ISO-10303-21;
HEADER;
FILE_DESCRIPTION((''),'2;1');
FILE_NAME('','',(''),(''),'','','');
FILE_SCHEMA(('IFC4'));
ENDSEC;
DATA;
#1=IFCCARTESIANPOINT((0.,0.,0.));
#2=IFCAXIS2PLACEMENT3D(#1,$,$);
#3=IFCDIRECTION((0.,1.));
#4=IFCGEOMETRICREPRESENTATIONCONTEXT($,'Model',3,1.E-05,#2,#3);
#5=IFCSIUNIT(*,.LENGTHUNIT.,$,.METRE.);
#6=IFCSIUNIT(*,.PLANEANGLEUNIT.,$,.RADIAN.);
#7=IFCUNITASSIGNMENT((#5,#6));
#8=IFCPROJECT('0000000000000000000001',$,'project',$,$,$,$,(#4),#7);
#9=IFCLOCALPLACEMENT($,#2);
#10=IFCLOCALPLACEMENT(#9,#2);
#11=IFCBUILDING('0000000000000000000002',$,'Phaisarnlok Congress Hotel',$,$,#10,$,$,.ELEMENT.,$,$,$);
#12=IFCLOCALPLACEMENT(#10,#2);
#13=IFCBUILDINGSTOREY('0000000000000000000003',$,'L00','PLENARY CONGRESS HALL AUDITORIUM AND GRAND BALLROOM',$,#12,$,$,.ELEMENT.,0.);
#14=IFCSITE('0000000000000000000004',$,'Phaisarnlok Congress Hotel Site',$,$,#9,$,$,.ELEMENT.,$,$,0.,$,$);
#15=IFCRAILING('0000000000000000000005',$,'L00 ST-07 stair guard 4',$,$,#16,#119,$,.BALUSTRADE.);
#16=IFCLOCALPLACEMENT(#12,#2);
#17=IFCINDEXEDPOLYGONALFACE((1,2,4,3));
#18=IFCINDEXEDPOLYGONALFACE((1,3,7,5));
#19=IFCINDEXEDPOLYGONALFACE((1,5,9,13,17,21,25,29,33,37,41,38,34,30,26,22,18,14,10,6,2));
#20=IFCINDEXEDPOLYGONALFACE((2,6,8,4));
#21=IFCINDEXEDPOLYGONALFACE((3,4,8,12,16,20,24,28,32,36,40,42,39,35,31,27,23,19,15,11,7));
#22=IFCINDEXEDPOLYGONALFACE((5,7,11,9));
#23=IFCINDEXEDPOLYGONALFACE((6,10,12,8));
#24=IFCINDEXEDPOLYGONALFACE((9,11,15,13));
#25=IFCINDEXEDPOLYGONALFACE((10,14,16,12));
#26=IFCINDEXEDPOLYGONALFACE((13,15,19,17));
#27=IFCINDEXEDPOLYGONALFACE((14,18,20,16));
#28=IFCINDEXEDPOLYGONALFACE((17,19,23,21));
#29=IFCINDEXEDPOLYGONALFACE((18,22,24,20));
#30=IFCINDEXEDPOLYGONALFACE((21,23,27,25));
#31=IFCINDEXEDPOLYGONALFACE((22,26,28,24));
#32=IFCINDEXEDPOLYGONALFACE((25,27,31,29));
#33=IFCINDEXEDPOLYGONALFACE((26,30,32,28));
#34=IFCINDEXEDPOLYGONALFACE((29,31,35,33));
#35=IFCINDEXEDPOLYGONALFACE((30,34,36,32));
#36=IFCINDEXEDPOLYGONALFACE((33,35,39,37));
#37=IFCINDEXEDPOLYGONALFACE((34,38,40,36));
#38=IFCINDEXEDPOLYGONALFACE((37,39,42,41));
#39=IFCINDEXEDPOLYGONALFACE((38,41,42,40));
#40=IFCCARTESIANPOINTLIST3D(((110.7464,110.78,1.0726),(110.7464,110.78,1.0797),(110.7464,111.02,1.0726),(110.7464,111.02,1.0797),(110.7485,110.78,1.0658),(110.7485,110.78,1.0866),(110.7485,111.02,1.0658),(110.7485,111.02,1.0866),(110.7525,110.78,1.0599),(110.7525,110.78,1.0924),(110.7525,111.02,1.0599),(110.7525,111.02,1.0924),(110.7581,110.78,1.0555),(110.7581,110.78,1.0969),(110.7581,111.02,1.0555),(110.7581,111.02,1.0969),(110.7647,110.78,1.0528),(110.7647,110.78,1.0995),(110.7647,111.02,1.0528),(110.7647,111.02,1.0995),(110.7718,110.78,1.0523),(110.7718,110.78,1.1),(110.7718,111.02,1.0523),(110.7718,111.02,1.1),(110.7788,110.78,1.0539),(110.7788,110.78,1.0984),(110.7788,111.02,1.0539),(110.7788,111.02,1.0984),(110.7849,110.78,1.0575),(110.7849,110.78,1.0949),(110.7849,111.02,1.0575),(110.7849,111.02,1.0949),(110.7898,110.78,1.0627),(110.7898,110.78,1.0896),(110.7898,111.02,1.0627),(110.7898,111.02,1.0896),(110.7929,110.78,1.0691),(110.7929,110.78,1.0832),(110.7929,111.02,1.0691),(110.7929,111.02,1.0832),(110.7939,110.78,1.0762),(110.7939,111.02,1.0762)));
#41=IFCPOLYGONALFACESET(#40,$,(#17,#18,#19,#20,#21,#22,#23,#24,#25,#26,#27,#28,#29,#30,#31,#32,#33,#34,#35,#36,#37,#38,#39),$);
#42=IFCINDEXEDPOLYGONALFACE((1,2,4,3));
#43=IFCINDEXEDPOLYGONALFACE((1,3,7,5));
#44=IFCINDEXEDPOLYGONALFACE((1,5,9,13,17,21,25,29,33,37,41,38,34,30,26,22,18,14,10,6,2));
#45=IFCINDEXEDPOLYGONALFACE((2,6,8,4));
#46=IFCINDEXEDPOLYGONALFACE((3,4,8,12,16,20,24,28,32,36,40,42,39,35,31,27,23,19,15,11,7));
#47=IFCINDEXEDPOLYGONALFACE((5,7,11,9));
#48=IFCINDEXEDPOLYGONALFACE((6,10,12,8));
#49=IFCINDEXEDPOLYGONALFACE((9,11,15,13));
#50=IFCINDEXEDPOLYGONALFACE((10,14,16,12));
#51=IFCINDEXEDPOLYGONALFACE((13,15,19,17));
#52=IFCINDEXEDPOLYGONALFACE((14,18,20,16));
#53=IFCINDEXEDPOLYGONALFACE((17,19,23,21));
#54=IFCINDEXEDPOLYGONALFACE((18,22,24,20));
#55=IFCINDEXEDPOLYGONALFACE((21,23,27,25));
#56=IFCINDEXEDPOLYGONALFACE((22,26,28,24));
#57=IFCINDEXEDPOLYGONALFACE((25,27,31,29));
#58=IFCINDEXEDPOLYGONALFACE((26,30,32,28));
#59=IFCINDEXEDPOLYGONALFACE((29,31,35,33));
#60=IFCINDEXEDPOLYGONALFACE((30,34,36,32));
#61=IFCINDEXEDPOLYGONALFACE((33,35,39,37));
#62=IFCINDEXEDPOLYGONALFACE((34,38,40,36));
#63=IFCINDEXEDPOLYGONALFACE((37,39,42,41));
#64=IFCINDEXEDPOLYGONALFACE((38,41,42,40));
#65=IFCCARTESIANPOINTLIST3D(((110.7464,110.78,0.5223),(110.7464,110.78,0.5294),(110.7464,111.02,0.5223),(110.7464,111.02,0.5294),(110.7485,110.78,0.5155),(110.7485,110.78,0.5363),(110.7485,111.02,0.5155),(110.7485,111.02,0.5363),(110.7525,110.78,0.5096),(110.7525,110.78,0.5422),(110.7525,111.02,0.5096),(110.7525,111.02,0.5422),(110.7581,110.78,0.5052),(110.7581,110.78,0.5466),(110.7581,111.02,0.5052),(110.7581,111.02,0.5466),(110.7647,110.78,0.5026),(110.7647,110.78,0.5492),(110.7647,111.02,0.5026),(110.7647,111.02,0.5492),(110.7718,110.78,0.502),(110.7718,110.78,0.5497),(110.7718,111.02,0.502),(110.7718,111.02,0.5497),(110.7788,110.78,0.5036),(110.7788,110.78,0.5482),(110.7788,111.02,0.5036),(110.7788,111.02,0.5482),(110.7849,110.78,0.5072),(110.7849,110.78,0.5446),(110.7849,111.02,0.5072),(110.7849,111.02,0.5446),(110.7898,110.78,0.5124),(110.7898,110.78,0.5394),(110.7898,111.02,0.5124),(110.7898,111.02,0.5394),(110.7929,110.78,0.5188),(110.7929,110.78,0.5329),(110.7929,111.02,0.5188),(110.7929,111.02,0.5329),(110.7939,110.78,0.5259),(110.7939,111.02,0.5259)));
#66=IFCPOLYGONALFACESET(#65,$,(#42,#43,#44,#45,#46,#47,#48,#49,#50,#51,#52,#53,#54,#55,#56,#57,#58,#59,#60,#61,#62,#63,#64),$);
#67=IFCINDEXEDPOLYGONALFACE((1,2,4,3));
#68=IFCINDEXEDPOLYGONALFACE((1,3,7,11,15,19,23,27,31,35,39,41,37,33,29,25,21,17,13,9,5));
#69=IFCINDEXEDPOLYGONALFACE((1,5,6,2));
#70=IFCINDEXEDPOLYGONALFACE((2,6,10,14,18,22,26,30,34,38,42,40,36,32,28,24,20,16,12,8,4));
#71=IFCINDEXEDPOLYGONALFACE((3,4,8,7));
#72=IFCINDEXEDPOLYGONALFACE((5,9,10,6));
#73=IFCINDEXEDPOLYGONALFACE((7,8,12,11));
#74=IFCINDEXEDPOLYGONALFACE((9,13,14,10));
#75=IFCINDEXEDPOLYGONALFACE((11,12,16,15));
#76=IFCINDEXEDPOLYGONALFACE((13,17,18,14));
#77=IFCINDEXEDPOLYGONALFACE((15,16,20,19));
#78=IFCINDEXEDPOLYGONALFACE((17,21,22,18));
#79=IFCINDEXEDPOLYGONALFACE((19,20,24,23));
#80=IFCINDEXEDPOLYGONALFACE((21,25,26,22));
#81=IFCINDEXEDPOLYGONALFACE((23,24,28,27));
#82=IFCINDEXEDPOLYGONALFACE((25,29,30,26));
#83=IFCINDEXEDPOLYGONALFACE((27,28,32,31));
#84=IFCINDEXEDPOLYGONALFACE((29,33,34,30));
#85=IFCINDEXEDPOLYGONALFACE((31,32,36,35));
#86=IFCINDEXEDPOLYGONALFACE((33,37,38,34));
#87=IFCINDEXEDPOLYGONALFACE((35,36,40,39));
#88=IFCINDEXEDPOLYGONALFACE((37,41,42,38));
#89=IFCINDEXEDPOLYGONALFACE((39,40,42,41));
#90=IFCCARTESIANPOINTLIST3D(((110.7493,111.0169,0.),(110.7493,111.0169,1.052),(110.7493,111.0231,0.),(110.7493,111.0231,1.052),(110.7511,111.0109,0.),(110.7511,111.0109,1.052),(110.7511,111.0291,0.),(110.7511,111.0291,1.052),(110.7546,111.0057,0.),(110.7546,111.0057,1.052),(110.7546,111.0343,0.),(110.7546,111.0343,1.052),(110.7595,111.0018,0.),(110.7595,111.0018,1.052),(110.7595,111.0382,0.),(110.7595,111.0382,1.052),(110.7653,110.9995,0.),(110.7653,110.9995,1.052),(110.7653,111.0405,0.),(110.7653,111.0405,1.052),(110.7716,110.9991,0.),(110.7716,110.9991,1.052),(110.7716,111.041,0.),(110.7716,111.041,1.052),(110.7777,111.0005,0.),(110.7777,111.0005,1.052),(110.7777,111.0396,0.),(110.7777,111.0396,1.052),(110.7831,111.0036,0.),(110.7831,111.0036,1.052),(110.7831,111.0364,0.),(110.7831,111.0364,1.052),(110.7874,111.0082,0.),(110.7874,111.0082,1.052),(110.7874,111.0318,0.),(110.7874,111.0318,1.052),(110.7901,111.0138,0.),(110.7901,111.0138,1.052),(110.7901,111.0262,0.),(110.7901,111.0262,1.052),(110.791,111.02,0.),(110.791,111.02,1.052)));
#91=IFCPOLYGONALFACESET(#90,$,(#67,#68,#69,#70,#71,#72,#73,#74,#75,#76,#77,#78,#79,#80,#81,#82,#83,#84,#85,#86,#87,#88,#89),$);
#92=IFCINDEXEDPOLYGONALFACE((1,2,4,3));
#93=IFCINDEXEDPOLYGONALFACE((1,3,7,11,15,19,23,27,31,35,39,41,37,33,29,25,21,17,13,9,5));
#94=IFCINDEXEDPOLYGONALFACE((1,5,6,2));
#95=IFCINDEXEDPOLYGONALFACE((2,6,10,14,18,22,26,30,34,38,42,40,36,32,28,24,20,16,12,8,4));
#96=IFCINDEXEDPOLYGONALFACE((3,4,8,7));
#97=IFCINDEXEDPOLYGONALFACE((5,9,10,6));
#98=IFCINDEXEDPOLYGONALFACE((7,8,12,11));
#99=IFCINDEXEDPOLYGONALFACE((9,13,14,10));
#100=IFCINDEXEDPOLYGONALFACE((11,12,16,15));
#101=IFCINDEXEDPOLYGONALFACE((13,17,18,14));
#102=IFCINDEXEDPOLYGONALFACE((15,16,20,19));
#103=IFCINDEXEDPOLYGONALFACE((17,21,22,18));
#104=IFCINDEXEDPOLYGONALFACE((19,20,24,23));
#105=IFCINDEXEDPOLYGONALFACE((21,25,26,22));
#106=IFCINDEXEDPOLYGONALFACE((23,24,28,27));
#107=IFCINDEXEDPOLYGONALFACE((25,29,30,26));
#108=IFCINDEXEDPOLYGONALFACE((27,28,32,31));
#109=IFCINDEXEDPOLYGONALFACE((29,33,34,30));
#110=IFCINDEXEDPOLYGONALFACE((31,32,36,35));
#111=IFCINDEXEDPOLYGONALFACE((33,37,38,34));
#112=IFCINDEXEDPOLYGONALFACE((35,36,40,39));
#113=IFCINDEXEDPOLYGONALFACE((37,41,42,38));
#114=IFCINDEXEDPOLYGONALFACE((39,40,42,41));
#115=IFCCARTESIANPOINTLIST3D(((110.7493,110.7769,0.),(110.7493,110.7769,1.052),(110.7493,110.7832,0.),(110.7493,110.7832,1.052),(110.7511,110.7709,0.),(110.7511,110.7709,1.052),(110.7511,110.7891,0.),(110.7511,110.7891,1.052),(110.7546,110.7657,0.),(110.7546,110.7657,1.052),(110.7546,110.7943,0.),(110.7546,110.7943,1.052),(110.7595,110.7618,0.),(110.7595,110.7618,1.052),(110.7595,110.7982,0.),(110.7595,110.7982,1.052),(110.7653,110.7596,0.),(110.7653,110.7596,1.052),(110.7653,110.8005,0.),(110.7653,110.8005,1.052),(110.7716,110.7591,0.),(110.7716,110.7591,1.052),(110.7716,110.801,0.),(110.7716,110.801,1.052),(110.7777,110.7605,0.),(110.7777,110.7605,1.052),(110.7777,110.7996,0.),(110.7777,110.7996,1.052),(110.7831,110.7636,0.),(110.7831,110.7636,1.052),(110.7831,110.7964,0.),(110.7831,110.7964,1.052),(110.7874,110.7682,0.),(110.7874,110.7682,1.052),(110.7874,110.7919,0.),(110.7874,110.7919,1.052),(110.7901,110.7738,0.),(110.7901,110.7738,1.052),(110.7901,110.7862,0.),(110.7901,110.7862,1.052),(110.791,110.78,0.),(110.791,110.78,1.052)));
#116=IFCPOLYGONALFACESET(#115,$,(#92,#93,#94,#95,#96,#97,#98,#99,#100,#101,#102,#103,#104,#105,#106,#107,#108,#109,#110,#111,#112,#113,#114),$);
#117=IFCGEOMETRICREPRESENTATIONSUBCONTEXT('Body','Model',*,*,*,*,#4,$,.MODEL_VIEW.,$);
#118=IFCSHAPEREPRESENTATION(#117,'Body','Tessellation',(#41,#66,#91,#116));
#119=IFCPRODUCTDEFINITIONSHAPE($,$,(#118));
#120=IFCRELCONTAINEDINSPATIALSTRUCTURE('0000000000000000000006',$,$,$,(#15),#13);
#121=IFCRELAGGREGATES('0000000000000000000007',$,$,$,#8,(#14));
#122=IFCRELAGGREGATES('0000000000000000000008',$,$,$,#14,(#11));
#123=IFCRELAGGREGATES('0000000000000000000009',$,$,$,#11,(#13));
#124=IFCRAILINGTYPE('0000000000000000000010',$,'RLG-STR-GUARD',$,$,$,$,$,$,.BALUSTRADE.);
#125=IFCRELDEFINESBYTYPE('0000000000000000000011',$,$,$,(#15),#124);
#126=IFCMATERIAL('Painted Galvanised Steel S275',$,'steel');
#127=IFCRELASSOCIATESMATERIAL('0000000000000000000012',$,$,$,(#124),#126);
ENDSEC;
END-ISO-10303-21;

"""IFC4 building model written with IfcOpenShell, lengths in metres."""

from ifc_helpers import new_model, si_unit, direction, frame, origin, origin_2d, place, context, subcontext, project, spatial, circle, extrude, material, type_object, element, save


model = new_model("IFC4")

# Units and contexts
model_context = context("Model", 3, precision=1e-05, world=origin(), true_north=direction((0.0, 1.0)))
body_context = subcontext(model_context, "Body", "Model", "MODEL_VIEW")
ifc_project = project(units=[si_unit("LENGTHUNIT", "METRE"), si_unit("PLANEANGLEUNIT", "RADIAN")], contexts=[model_context])

# Site, building, storey
site_placement = place(None, origin())
site = spatial("IfcSite", under=ifc_project, at=site_placement, Name="Phaisarnlok Congress Hotel Site", CompositionType="ELEMENT", RefElevation=0.0)
building_placement = place(site_placement, origin())
building = spatial("IfcBuilding", under=site, at=building_placement, Name="Phaisarnlok Congress Hotel", CompositionType="ELEMENT")
storey_placement = place(building_placement, origin())
storey = spatial("IfcBuildingStorey", under=building, at=storey_placement, Name="L00", Description="PLENARY CONGRESS HALL AUDITORIUM AND GRAND BALLROOM", CompositionType="ELEMENT", Elevation=0.0)

# Railing
ifc_material_1 = material(Name="Painted Galvanised Steel S275", Category="steel")
railing_type_1 = type_object("IfcRailingType", Name="RLG-STR-GUARD", PredefinedType="BALUSTRADE", material=ifc_material_1)
railing_1_placement = place(storey_placement, frame((110.77, 111.02, 0.0)))
element("IfcRailing", 1, at=railing_1_placement, inside=storey, type_object=railing_type_1, Name="L00 ST-07 stair guard 4", PredefinedType="BALUSTRADE", context=body_context, shape_type="SweptSolid", body=[
    extrude(circle(Radius=0.0239, at=origin_2d()), frame((0.0, 0.0, 1.0762), z_axis=(0.0, -1.0, 0.0), x_axis=(1.0, 0.0, 0.0)), (0.0, 0.0, 1.0), 0.24),
    extrude(circle(Radius=0.0239, at=origin_2d()), frame((0.0, 0.0, 0.5259), z_axis=(0.0, -1.0, 0.0), x_axis=(1.0, 0.0, 0.0)), (0.0, 0.0, 1.0), 0.24),
    extrude(circle(Radius=0.021, at=origin_2d()), origin(), (0.0, 0.0, 1.0), 1.052),
    extrude(circle(Radius=0.021, at=origin_2d()), frame((0.0, -0.24, 0.0)), (0.0, 0.0, 1.0), 1.052),
])

save(model, "model.ifc")
